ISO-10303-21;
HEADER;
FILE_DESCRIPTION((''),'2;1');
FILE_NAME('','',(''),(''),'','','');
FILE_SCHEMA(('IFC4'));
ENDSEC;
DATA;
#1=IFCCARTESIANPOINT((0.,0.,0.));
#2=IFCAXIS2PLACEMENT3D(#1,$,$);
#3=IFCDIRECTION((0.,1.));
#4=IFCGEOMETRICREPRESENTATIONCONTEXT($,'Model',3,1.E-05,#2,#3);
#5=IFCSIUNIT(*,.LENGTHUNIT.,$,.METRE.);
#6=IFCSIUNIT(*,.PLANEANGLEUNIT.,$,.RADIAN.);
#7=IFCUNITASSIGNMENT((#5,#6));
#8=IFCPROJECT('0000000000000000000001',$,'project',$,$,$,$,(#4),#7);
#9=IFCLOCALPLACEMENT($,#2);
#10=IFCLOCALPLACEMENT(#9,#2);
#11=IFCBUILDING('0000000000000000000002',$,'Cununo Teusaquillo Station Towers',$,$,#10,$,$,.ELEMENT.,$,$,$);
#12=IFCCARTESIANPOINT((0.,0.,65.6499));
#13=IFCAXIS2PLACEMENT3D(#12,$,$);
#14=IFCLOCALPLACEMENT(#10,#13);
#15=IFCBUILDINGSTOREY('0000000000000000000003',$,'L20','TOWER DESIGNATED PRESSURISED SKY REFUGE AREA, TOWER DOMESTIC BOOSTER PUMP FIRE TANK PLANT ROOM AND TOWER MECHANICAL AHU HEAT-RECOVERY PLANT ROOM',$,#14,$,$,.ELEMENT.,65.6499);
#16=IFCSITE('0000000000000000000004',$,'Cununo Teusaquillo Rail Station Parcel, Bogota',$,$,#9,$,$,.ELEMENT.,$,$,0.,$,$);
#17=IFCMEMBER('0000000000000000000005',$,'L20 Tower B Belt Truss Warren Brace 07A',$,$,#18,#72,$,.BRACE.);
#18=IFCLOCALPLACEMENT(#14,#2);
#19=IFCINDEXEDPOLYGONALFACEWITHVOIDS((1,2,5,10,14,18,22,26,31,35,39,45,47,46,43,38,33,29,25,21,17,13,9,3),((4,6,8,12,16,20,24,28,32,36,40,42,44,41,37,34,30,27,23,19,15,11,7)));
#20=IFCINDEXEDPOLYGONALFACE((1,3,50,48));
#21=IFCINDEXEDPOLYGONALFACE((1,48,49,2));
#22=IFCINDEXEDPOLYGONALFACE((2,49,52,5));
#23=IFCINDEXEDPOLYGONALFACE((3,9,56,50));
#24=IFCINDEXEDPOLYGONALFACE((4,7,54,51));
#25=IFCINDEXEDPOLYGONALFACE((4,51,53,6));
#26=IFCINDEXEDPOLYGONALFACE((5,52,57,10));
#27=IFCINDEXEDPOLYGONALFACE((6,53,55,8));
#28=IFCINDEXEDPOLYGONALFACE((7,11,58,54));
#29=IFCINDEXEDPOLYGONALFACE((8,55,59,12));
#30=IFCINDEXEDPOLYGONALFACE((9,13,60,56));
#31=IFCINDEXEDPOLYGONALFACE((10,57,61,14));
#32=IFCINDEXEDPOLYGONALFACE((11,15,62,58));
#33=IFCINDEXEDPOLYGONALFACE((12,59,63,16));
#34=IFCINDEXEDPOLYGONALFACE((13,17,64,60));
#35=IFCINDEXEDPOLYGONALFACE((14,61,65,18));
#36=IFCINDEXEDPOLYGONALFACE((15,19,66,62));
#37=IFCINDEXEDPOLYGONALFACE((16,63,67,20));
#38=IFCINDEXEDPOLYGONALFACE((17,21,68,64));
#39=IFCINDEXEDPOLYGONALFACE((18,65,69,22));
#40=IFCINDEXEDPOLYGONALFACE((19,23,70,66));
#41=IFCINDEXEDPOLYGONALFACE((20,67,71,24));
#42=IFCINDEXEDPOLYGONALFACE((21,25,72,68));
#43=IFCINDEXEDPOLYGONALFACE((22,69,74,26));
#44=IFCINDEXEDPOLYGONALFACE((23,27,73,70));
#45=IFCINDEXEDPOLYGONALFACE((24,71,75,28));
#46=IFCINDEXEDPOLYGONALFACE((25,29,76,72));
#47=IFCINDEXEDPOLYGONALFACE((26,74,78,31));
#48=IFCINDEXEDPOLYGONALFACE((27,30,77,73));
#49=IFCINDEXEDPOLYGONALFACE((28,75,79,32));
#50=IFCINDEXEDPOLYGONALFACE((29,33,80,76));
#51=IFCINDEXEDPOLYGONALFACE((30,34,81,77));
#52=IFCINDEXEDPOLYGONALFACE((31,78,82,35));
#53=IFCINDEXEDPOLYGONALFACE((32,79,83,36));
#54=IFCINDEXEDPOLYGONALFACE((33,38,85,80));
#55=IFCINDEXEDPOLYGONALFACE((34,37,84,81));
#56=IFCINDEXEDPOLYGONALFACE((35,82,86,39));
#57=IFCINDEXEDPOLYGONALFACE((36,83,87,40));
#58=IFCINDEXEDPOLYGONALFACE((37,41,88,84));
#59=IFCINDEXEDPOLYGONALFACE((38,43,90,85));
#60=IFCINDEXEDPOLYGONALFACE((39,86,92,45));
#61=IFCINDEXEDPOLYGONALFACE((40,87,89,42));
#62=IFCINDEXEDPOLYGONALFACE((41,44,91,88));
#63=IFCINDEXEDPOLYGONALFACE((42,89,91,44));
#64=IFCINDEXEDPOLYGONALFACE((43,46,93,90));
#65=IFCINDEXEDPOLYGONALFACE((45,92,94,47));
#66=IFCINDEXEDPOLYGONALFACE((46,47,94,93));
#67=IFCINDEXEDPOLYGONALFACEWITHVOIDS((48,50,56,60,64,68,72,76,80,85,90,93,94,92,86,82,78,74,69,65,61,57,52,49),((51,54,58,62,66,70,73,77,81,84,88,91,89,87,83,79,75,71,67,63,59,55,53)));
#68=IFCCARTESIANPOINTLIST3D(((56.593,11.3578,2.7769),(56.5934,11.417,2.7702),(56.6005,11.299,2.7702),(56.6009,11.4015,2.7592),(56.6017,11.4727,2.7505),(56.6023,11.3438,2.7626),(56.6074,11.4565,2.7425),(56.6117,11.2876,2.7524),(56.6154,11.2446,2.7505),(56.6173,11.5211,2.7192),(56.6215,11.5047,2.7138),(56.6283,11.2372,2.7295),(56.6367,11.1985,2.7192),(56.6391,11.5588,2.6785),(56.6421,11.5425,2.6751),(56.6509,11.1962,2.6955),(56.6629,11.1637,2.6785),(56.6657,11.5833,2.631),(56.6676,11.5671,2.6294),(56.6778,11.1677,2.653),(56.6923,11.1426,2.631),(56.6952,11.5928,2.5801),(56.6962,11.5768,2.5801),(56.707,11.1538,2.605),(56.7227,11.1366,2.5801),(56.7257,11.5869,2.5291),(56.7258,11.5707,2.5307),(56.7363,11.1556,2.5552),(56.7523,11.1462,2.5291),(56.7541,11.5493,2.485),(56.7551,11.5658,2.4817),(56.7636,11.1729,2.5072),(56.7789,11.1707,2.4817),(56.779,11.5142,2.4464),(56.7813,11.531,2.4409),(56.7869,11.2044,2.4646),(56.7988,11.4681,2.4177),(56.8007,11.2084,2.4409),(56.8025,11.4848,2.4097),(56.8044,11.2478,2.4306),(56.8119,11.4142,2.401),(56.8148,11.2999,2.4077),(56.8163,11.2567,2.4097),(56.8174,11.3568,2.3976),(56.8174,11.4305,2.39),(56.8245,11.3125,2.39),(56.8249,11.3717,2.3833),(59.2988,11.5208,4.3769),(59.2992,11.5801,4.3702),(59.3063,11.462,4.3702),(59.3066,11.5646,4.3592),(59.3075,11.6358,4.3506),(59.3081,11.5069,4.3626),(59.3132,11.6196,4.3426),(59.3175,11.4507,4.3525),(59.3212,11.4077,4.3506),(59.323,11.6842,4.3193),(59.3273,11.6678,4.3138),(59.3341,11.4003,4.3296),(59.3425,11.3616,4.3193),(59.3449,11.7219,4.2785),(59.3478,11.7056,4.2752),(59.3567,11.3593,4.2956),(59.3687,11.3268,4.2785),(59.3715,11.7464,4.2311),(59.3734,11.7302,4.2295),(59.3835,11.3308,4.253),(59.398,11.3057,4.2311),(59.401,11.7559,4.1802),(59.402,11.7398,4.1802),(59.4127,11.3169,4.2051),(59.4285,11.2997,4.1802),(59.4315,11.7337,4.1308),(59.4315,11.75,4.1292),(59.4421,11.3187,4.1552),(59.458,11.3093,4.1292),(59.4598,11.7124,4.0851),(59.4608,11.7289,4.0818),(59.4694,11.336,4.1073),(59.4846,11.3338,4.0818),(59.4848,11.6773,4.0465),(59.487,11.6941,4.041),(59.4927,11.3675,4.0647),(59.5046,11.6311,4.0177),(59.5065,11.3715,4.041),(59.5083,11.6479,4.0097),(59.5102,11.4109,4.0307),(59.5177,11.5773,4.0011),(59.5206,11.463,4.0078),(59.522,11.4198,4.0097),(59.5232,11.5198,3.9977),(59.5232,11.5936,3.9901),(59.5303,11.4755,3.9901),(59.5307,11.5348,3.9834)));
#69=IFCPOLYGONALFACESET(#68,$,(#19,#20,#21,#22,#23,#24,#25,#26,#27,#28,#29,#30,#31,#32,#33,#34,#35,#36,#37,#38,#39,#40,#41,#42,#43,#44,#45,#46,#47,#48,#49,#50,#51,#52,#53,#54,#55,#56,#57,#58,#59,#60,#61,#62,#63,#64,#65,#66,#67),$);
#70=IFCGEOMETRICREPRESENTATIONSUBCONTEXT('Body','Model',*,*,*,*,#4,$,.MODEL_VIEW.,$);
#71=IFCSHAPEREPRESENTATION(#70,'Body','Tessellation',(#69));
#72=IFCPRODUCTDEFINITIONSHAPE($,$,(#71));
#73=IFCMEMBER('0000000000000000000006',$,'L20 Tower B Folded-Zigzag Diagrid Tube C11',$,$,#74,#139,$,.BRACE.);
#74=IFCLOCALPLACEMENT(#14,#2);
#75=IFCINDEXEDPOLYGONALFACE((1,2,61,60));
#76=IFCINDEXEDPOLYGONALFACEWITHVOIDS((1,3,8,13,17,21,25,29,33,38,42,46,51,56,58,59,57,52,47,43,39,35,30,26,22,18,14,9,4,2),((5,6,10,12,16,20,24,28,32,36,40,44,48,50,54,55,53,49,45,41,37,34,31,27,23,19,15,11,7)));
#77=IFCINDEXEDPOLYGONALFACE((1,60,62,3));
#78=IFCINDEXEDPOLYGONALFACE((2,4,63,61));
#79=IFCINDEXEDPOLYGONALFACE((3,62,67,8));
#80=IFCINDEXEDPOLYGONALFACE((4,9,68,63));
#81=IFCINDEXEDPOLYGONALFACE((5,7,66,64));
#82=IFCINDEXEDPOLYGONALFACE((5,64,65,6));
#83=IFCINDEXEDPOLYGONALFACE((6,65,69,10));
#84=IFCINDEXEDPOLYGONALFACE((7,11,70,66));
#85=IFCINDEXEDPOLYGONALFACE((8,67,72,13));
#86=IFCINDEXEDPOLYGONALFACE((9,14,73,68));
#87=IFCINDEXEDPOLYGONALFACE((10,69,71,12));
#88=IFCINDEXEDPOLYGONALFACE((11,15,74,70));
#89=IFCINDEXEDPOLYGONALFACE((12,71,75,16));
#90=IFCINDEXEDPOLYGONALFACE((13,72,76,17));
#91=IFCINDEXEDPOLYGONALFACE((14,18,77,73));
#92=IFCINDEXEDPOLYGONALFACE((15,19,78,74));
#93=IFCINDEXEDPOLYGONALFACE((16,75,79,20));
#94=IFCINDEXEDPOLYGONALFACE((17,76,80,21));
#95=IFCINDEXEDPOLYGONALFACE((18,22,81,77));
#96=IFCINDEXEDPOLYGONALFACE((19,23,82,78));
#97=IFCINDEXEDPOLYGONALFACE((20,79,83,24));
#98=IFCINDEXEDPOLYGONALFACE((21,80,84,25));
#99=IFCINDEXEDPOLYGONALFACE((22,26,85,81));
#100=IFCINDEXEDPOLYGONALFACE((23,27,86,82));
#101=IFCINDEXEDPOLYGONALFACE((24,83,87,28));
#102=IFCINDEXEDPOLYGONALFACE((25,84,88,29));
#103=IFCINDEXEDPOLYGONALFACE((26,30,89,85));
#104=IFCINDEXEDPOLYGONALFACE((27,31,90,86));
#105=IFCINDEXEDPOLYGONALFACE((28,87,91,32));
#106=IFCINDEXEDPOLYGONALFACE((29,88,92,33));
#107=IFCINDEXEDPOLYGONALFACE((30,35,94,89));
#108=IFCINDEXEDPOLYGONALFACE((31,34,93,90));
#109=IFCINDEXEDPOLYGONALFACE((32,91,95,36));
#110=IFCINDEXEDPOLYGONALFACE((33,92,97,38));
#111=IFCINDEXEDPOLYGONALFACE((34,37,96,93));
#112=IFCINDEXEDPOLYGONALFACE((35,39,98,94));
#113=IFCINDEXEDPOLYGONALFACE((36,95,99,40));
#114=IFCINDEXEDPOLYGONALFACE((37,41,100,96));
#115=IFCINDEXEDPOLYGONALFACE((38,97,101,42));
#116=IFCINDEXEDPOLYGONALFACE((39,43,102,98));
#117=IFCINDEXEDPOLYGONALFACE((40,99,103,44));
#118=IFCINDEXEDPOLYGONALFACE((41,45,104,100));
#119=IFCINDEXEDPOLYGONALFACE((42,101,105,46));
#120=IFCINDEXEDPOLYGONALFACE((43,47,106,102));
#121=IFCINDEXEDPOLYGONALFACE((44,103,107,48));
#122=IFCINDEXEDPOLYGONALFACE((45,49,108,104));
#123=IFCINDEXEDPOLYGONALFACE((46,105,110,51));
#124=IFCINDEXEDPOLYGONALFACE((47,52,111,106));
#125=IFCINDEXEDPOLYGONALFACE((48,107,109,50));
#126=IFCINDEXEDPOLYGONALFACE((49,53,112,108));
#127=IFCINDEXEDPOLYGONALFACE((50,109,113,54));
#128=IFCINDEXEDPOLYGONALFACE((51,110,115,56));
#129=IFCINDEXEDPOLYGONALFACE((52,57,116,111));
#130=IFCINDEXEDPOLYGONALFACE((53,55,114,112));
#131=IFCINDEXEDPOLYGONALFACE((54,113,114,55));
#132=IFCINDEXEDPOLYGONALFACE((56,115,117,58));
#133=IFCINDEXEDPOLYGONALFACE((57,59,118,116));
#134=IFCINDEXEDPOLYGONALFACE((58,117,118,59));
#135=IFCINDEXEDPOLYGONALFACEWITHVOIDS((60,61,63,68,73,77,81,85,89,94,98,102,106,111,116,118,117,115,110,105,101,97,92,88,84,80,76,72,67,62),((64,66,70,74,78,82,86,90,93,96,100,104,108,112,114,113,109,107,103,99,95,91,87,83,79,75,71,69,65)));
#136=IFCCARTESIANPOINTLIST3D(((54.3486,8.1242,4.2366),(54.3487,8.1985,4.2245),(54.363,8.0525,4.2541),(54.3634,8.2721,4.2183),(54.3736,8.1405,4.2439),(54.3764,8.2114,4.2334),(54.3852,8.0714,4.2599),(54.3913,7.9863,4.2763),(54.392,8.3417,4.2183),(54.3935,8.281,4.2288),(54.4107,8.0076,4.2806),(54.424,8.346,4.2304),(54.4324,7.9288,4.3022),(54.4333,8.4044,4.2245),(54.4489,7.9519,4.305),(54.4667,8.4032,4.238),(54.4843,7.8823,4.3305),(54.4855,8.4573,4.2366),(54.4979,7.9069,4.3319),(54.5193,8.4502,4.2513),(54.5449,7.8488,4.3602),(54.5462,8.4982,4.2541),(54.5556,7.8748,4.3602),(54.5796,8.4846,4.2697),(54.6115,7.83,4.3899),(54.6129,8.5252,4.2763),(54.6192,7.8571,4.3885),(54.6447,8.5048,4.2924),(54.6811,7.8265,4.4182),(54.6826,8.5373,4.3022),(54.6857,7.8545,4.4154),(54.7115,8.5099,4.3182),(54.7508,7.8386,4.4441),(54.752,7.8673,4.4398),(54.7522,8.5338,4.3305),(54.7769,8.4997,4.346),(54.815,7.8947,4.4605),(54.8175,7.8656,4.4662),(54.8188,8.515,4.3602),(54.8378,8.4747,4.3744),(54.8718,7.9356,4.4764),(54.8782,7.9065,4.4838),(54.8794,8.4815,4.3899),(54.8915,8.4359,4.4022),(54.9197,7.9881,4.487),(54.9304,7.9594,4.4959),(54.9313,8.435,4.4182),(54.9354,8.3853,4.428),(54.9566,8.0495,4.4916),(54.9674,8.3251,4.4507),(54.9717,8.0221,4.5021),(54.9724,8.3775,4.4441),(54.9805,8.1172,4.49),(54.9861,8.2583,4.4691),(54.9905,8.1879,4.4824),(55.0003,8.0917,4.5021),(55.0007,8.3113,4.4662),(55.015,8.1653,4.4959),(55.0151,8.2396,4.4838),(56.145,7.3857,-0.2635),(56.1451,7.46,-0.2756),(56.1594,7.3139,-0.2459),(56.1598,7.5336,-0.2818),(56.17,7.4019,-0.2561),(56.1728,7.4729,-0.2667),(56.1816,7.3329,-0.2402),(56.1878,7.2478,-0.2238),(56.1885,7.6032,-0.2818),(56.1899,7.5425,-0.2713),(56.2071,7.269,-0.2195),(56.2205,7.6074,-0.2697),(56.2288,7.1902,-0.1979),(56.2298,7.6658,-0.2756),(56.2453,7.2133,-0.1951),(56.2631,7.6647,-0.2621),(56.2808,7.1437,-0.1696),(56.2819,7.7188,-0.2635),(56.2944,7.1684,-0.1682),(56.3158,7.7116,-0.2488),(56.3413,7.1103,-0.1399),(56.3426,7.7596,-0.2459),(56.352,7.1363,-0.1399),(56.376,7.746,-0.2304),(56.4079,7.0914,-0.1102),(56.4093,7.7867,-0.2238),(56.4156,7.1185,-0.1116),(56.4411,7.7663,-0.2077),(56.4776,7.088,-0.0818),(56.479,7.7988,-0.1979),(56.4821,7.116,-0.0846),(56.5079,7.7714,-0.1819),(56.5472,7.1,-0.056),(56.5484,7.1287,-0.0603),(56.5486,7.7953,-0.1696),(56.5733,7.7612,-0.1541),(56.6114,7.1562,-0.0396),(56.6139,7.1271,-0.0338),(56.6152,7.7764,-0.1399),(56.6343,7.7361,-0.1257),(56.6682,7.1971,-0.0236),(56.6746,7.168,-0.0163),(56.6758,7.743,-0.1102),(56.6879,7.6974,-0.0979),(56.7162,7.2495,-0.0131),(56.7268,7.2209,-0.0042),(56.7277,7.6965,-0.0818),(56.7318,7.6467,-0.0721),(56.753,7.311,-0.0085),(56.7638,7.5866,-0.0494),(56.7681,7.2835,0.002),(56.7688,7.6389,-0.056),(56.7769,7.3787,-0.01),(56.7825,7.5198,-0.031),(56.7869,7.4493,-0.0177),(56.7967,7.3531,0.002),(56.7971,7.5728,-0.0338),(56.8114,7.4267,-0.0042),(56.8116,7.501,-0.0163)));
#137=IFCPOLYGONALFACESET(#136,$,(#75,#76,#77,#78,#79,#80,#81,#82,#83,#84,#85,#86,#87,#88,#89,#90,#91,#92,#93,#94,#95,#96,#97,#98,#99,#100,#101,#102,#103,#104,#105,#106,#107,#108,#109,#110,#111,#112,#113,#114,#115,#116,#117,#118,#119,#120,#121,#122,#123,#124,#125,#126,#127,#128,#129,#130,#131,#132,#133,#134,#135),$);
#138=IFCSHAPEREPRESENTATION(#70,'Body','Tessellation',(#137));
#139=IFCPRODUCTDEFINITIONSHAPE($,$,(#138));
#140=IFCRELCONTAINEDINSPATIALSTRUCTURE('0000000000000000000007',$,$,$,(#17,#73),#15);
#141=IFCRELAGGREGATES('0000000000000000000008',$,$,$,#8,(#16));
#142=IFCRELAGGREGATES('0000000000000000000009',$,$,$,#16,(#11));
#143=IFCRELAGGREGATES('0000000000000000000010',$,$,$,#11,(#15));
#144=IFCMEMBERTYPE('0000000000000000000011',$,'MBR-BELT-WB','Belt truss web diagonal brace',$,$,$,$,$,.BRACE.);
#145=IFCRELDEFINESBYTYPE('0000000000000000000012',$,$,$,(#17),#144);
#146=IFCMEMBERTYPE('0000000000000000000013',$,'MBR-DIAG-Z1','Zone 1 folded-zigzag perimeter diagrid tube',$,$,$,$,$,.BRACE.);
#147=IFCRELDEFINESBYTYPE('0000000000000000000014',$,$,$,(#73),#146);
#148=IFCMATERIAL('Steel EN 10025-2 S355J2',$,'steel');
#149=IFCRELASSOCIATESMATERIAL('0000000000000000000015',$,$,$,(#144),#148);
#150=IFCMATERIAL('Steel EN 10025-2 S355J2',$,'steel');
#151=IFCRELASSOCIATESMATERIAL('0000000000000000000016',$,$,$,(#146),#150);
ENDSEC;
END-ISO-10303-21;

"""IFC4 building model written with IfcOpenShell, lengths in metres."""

from ifc_helpers import new_model, si_unit, direction, frame, origin, origin_2d, place, context, subcontext, project, spatial, hollow_circle, extrude, material, material_profile, profile_set, type_object, element, save


model = new_model("IFC4")

# Units and contexts
model_context = context("Model", 3, precision=1e-05, world=origin(), true_north=direction((0.0, 1.0)))
body_context = subcontext(model_context, "Body", "Model", "MODEL_VIEW")
ifc_project = project(units=[si_unit("LENGTHUNIT", "METRE"), si_unit("PLANEANGLEUNIT", "RADIAN")], contexts=[model_context])

# Site, building, storey
site_placement = place(None, origin())
site = spatial("IfcSite", under=ifc_project, at=site_placement, Name="Cununo Teusaquillo Rail Station Parcel, Bogota", CompositionType="ELEMENT", RefElevation=0.0)
building_placement = place(site_placement, origin())
building = spatial("IfcBuilding", under=site, at=building_placement, Name="Cununo Teusaquillo Station Towers", CompositionType="ELEMENT")
storey_placement = place(building_placement, frame((0.0, 0.0, 65.6499)))
storey = spatial("IfcBuildingStorey", under=building, at=storey_placement, Name="L20", Description="TOWER DESIGNATED PRESSURISED SKY REFUGE AREA, TOWER DOMESTIC BOOSTER PUMP FIRE TANK PLANT ROOM AND TOWER MECHANICAL AHU HEAT-RECOVERY PLANT ROOM", CompositionType="ELEMENT", Elevation=65.6499)

# Members
ifc_material_1 = material(Name="Steel EN 10025-2 S355J2", Category="steel")
ifc_material_profile_1 = material_profile(ifc_material_1, hollow_circle(Radius=0.2285, WallThickness=0.0161, at=origin_2d()), Name="CHS 457x16")
ifc_profile_set_1 = profile_set([ifc_material_profile_1], Name="Steel EN 10025-2 S355J2")
member_type_1 = type_object("IfcMemberType", Name="MBR-BELT-WB", Description="Belt truss web diagonal brace", PredefinedType="BRACE", material=ifc_profile_set_1)
member_1_placement = place(storey_placement, frame((56.709, 11.3647, 2.5801), z_axis=(0.859602, 0.05181, 0.508331), x_axis=(-0.060163, 0.998189, 0.0)))
element("IfcMember", 1, at=member_1_placement, inside=storey, type_object=member_type_1, Name="L20 Tower B Belt Truss Warren Brace 07A", PredefinedType="BRACE", context=body_context, shape_type="SweptSolid", body=[
    extrude(hollow_circle(Radius=0.2285, WallThickness=0.0161, at=origin_2d()), origin(), (0.0, 0.0, 1.0), 3.1477),
])
ifc_material_2 = material(Name="Steel EN 10025-2 S355J2", Category="steel")
ifc_material_profile_2 = material_profile(ifc_material_2, hollow_circle(Radius=0.3601, WallThickness=0.0281, at=origin_2d()), Name="CHS 720x28")
ifc_profile_set_2 = profile_set([ifc_material_profile_2], Name="Steel EN 10025-2 S355J2")
member_type_2 = type_object("IfcMemberType", Name="MBR-DIAG-Z1", Description="Zone 1 folded-zigzag perimeter diagrid tube", PredefinedType="BRACE", material=ifc_profile_set_2)
member_2_placement = place(storey_placement, frame((56.4783, 7.4434, -0.1399), z_axis=(-0.366515, 0.15068, 0.91813), x_axis=(-0.380238, -0.924889, 0.0)))
element("IfcMember", 2, at=member_2_placement, inside=storey, type_object=member_type_2, Name="L20 Tower B Folded-Zigzag Diagrid Tube C11", PredefinedType="BRACE", context=body_context, shape_type="SweptSolid", body=[
    extrude(hollow_circle(Radius=0.3601, WallThickness=0.0281, at=origin_2d()), origin(), (0.0, 0.0, 1.0), 4.9014),
])

save(model, "model.ifc")
